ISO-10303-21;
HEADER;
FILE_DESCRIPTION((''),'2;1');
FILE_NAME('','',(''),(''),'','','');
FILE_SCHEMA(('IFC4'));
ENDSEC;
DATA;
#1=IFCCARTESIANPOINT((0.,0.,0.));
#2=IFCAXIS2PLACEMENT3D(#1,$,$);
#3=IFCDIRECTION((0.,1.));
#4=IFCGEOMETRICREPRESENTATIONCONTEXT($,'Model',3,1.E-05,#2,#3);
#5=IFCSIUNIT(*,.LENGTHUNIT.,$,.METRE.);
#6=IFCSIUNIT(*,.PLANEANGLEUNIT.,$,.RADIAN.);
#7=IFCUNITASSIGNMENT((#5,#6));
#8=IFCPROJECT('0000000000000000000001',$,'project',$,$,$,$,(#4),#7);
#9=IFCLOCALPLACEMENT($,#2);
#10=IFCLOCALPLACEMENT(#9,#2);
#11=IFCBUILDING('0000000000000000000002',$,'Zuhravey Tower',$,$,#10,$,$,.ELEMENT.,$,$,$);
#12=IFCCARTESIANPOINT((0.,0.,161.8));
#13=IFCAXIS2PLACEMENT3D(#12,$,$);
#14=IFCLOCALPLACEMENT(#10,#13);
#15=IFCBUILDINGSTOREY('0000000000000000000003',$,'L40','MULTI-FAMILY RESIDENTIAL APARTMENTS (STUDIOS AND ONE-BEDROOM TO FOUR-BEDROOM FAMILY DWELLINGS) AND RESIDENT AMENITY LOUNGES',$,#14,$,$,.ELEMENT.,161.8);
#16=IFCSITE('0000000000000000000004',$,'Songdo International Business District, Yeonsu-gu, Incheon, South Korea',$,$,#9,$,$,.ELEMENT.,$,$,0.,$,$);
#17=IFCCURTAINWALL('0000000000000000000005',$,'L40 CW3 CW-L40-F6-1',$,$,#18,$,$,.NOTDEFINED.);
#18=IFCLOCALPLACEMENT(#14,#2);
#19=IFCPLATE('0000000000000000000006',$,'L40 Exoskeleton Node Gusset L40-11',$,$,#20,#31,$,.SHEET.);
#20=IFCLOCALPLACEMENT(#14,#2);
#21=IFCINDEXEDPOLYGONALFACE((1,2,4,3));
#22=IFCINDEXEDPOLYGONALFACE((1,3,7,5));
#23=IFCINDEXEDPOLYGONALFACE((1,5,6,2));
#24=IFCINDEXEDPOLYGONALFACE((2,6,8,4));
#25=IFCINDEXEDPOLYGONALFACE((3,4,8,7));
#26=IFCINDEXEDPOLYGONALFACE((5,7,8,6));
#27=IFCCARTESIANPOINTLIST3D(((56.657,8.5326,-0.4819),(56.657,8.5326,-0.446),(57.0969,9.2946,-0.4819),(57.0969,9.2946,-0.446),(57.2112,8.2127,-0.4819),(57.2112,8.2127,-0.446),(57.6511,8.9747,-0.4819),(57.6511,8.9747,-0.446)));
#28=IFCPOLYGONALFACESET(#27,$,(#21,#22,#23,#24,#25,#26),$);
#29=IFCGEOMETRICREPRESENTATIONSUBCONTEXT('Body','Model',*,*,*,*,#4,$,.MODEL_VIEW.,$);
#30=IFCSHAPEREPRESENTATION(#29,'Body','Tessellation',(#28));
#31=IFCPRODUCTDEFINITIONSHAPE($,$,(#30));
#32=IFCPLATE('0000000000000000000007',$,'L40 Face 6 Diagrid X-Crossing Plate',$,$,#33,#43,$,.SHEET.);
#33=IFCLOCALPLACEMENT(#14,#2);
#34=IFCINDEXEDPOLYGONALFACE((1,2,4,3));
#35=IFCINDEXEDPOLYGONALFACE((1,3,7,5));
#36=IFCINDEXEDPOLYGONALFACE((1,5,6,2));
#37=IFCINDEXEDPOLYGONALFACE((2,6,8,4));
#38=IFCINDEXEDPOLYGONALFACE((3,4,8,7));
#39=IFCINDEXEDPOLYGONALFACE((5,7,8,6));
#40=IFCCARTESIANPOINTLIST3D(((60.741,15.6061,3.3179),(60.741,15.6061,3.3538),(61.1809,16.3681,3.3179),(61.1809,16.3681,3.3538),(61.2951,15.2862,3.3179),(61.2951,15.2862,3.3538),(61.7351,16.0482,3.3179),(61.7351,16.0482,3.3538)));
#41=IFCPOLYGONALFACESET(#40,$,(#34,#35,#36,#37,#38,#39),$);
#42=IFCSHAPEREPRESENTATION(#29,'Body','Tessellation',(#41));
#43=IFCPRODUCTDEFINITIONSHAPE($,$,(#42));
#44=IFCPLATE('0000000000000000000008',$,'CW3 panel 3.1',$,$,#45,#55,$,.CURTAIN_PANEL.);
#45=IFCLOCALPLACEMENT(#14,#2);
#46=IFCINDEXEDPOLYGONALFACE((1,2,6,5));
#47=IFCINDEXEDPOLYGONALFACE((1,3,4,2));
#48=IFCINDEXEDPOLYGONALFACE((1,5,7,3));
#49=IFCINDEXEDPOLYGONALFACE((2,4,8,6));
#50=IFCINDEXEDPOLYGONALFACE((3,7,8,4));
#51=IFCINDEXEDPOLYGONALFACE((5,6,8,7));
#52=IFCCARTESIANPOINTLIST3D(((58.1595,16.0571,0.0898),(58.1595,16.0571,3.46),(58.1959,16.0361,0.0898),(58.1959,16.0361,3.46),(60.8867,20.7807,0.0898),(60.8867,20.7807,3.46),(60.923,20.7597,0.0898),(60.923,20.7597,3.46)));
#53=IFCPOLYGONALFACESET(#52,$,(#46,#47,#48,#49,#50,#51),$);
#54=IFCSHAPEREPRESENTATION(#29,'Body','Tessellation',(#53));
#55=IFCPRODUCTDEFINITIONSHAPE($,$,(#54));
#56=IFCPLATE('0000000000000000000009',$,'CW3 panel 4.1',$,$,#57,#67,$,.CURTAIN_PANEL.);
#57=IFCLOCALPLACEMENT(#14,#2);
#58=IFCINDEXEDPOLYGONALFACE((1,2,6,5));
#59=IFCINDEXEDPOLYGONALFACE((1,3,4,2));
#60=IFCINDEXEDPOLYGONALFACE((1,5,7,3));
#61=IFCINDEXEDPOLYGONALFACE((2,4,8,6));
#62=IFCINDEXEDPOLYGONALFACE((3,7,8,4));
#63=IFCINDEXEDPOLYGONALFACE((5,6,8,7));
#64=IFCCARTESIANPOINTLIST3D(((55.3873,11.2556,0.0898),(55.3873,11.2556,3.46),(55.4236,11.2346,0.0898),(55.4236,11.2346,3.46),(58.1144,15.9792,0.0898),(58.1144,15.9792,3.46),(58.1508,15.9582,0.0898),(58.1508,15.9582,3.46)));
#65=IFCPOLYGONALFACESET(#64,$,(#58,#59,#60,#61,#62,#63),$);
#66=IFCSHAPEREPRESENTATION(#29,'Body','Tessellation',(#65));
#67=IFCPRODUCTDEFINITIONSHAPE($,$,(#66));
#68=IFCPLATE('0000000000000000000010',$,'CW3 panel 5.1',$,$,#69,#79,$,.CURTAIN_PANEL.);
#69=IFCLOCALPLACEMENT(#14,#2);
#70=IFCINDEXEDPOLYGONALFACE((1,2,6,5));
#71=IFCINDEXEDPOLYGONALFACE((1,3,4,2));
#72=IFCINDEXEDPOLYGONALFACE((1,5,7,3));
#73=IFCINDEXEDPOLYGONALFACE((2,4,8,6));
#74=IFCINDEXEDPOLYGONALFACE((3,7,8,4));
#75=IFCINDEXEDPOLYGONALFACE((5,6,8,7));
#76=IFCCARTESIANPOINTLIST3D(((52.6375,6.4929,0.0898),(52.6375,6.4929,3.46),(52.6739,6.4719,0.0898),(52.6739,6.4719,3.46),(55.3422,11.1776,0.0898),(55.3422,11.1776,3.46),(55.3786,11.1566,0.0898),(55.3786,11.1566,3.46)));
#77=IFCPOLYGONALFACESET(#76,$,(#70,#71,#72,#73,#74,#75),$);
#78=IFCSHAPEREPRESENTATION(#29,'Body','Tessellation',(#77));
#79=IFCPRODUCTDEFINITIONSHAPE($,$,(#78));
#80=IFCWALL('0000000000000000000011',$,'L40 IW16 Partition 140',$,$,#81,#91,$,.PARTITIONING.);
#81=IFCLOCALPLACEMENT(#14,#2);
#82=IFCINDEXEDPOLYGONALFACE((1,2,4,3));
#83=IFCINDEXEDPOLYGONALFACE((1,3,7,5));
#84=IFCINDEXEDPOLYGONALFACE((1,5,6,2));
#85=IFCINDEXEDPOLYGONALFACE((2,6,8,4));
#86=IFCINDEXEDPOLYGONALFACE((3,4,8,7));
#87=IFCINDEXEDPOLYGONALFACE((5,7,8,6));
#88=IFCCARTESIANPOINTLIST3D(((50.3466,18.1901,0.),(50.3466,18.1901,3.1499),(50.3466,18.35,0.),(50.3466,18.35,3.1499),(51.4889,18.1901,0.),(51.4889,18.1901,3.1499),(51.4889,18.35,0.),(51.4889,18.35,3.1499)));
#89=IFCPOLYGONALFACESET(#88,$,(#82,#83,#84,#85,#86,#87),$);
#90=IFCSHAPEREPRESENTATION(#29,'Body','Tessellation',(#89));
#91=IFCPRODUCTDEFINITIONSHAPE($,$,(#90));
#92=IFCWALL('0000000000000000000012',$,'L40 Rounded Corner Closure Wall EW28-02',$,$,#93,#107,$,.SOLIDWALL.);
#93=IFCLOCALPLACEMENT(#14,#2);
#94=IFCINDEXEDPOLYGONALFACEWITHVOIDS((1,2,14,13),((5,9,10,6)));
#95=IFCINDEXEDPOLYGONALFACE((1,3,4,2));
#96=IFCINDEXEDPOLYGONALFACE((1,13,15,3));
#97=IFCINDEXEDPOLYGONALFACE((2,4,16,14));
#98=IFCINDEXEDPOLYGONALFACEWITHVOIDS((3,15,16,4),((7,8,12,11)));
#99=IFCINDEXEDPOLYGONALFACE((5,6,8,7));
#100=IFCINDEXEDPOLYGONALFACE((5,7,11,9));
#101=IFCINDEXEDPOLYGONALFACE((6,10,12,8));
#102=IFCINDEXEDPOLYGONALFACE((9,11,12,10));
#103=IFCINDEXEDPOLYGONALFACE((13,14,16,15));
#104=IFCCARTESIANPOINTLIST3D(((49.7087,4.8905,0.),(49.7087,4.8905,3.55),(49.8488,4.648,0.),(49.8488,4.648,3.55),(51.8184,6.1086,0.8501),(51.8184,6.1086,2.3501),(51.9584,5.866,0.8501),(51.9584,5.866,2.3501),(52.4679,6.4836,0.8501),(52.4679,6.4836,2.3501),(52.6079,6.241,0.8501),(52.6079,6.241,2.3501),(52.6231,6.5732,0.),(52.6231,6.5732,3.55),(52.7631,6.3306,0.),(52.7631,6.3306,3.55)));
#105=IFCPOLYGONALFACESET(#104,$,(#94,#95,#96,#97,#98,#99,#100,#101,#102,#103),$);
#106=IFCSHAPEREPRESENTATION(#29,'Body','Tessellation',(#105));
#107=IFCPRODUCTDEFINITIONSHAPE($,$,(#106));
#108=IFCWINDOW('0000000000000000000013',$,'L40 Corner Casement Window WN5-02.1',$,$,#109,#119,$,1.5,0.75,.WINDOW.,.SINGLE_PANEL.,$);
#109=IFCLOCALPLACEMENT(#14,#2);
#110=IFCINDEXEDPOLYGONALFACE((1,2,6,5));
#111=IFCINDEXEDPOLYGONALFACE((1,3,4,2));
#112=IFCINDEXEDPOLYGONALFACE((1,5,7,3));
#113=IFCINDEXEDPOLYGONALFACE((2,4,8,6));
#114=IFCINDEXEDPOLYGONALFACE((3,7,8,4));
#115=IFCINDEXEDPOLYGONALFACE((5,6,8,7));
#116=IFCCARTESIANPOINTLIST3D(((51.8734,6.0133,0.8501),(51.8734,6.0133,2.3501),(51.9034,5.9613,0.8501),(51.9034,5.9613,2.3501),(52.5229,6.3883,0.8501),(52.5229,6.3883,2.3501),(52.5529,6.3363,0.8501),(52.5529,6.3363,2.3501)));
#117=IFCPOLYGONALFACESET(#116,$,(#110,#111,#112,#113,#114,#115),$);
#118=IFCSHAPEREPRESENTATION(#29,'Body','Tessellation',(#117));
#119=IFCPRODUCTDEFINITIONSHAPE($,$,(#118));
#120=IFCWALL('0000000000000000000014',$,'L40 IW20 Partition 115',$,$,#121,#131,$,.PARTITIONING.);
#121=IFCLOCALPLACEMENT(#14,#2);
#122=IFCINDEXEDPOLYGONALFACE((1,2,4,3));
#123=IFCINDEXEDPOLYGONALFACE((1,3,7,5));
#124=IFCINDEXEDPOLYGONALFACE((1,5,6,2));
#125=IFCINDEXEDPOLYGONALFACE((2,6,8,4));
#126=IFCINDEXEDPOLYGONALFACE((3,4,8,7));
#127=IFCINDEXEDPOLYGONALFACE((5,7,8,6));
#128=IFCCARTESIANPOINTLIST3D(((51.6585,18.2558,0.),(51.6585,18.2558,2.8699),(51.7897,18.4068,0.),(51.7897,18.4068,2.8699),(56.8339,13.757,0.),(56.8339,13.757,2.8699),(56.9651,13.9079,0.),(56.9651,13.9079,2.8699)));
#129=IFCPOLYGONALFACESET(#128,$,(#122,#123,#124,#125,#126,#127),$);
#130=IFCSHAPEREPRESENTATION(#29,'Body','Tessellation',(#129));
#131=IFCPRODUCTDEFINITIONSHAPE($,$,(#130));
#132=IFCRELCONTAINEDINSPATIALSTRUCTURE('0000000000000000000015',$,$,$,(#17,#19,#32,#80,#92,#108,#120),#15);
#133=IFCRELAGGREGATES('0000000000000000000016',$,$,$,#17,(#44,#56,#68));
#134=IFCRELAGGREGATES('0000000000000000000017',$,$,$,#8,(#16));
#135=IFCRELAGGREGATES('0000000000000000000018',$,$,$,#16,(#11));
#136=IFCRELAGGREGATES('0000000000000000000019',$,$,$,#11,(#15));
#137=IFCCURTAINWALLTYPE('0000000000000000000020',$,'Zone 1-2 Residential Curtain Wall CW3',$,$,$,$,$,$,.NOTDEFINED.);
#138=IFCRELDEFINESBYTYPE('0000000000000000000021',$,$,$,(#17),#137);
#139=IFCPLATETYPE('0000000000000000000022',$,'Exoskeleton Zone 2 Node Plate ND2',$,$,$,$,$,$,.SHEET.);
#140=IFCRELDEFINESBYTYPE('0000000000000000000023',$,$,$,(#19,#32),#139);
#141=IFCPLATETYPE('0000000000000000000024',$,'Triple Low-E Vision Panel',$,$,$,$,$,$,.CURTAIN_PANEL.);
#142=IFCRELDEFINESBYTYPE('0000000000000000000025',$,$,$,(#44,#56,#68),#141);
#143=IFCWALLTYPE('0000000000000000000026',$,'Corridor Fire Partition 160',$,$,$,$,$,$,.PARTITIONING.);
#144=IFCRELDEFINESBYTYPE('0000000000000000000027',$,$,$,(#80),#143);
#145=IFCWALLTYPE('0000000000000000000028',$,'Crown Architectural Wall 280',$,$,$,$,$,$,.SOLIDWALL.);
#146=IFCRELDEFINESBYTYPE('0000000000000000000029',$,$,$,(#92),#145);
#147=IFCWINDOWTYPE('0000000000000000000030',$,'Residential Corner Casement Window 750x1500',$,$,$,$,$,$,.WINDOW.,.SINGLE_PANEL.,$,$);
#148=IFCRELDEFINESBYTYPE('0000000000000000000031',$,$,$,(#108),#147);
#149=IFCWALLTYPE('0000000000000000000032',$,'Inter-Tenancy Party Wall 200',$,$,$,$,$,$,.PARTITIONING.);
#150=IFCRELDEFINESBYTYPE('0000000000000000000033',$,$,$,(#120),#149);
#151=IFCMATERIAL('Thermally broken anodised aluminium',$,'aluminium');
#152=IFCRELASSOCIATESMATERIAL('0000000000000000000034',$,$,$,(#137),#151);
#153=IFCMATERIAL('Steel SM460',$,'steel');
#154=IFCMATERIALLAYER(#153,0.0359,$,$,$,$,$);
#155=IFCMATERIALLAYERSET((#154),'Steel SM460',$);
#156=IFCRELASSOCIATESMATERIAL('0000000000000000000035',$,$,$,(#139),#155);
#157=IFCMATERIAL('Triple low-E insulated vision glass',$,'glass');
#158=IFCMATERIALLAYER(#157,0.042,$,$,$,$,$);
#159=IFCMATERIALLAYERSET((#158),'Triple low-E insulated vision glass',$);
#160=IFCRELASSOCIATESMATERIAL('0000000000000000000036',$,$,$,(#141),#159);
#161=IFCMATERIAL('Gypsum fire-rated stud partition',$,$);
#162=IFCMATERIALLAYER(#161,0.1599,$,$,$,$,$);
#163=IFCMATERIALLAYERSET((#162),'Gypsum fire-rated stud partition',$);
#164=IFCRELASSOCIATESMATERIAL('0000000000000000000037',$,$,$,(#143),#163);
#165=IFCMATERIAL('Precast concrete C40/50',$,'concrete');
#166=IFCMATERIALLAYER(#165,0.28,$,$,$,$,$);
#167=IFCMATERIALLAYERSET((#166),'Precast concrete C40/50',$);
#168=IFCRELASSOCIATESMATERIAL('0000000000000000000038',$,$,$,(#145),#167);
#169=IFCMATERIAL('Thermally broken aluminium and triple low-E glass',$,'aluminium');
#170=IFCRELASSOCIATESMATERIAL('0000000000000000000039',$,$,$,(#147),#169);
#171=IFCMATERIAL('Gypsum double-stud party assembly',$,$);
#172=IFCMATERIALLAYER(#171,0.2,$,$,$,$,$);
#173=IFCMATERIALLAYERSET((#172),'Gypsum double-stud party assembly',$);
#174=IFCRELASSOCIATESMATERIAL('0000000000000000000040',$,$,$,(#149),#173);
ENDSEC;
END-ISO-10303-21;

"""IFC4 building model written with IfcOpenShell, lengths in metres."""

from ifc_helpers import new_model, si_unit, direction, frame, frame_2d, origin, origin_2d, place, context, subcontext, project, spatial, rectangle, extrude, material, layer, layer_set, type_object, element, fill, aggregate, save


model = new_model("IFC4")

# Units and contexts
model_context = context("Model", 3, precision=1e-05, world=origin(), true_north=direction((0.0, 1.0)))
body_context = subcontext(model_context, "Body", "Model", "MODEL_VIEW")
ifc_project = project(units=[si_unit("LENGTHUNIT", "METRE"), si_unit("PLANEANGLEUNIT", "RADIAN")], contexts=[model_context])

# Site, building, storey
site_placement = place(None, origin())
site = spatial("IfcSite", under=ifc_project, at=site_placement, Name="Songdo International Business District, Yeonsu-gu, Incheon, South Korea", CompositionType="ELEMENT", RefElevation=0.0)
building_placement = place(site_placement, origin())
building = spatial("IfcBuilding", under=site, at=building_placement, Name="Zuhravey Tower", CompositionType="ELEMENT")
storey_placement = place(building_placement, frame((0.0, 0.0, 161.8)))
storey = spatial("IfcBuildingStorey", under=building, at=storey_placement, Name="L40", Description="MULTI-FAMILY RESIDENTIAL APARTMENTS (STUDIOS AND ONE-BEDROOM TO FOUR-BEDROOM FAMILY DWELLINGS) AND RESIDENT AMENITY LOUNGES", CompositionType="ELEMENT", Elevation=161.8)

# Curtain wall
ifc_material_1 = material(Name="Thermally broken anodised aluminium", Category="aluminium")
curtain_wall_type = type_object("IfcCurtainWallType", Name="Zone 1-2 Residential Curtain Wall CW3", PredefinedType="NOTDEFINED", material=ifc_material_1)
curtain_wall_1_placement = place(storey_placement, origin())
curtain_wall_1 = element("IfcCurtainWall", 1, at=curtain_wall_1_placement, inside=storey, type_object=curtain_wall_type, Name="L40 CW3 CW-L40-F6-1", PredefinedType="NOTDEFINED")

# Shared definitions
ifc_material_2 = material(Name="Steel SM460", Category="steel")

# Plates
ifc_layer_1 = layer(ifc_material_2, 0.0359)
ifc_layer_set_1 = layer_set([ifc_layer_1], Name="Steel SM460")
plate_type_1 = type_object("IfcPlateType", Name="Exoskeleton Zone 2 Node Plate ND2", PredefinedType="SHEET", material=ifc_layer_set_1)
for number, where, z_axis, x_axis, name in (
    (2, (57.1541, 8.7537, -0.4819), (0.0, 0.0, 1.0), (0.5, 0.866025, 0.0), "L40 Exoskeleton Node Gusset L40-11"),
    (3, (61.238, 15.8271, 3.3179), (0.0, 0.0, 1.0), (0.5, 0.866025, 0.0), "L40 Face 6 Diagrid X-Crossing Plate"),
):
    element("IfcPlate", number, at=place(storey_placement, frame(where, z_axis=z_axis, x_axis=x_axis)), inside=storey, type_object=plate_type_1, Name=name, PredefinedType="SHEET", context=body_context, shape_type="SweptSolid", body=[
        extrude(rectangle(XDim=0.8799, YDim=0.6399, at=origin_2d()), origin(), (0.0, 0.0, 1.0), 0.0359),
    ])

# Plates
ifc_material_3 = material(Name="Triple low-E insulated vision glass", Category="glass")
ifc_layer_2 = layer(ifc_material_3, 0.042)
ifc_layer_set_2 = layer_set([ifc_layer_2], Name="Triple low-E insulated vision glass")
plate_type_2 = type_object("IfcPlateType", Name="Triple Low-E Vision Panel", PredefinedType="CURTAIN_PANEL", material=ifc_layer_set_2)
plate_1_placement = place(storey_placement, frame((59.5413, 18.4084, 0.0898), z_axis=(0.0, 0.0, 1.0), x_axis=(-0.5, -0.866025, 0.0)))
plate_1 = element("IfcPlate", 4, at=plate_1_placement, type_object=plate_type_2, Name="CW3 panel 3.1", PredefinedType="CURTAIN_PANEL", context=body_context, shape_type="SweptSolid", body=[
    extrude(rectangle(XDim=5.4543, YDim=0.042, at=origin_2d()), origin(), (0.0, 0.0, 1.0), 3.3701),
])
plate_2_placement = place(storey_placement, frame((56.769, 13.6069, 0.0898), z_axis=(0.0, 0.0, 1.0), x_axis=(-0.5, -0.866025, 0.0)))
plate_2 = element("IfcPlate", 5, at=plate_2_placement, type_object=plate_type_2, Name="CW3 panel 4.1", PredefinedType="CURTAIN_PANEL", context=body_context, shape_type="SweptSolid", body=[
    extrude(rectangle(XDim=5.4543, YDim=0.042, at=origin_2d()), origin(), (0.0, 0.0, 1.0), 3.3701),
])
plate_3_placement = place(storey_placement, frame((54.0081, 8.8247, 0.0898), z_axis=(0.0, 0.0, 1.0), x_axis=(-0.5, -0.866025, 0.0)))
plate_3 = element("IfcPlate", 6, at=plate_3_placement, type_object=plate_type_2, Name="CW3 panel 5.1", PredefinedType="CURTAIN_PANEL", context=body_context, shape_type="SweptSolid", body=[
    extrude(rectangle(XDim=5.4094, YDim=0.042, at=origin_2d()), origin(), (0.0, 0.0, 1.0), 3.3701),
])
aggregate(curtain_wall_1, [plate_1, plate_2, plate_3])

# Wall
ifc_material_4 = material(Name="Gypsum fire-rated stud partition")
ifc_layer_3 = layer(ifc_material_4, 0.1599)
ifc_layer_set_3 = layer_set([ifc_layer_3], Name="Gypsum fire-rated stud partition")
wall_type_1 = type_object("IfcWallType", Name="Corridor Fire Partition 160", PredefinedType="PARTITIONING", material=ifc_layer_set_3)
wall_1_placement = place(storey_placement, frame((50.3464, 18.27, 0.0), z_axis=(0.0, 0.0, 1.0), x_axis=(1.0, 0.0, 0.0)))
element("IfcWall", 7, at=wall_1_placement, inside=storey, type_object=wall_type_1, Name="L40 IW16 Partition 140", PredefinedType="PARTITIONING", context=body_context, shape_type="SweptSolid", body=[
    extrude(rectangle(XDim=1.1423, YDim=0.1599, at=frame_2d((0.5713, 0.0))), origin(), (0.0, 0.0, 1.0), 3.1499),
])

# Wall, opening, window
ifc_material_5 = material(Name="Precast concrete C40/50", Category="concrete")
ifc_layer_4 = layer(ifc_material_5, 0.28)
ifc_layer_set_4 = layer_set([ifc_layer_4], Name="Precast concrete C40/50")
wall_type_2 = type_object("IfcWallType", Name="Crown Architectural Wall 280", PredefinedType="SOLIDWALL", material=ifc_layer_set_4)
wall_2_placement = place(storey_placement, frame((52.6931, 6.4519, 0.0), z_axis=(0.0, 0.0, 1.0), x_axis=(-0.86602, -0.500009, 0.0)))
wall_2 = element("IfcWall", 8, at=wall_2_placement, inside=storey, type_object=wall_type_2, Name="L40 Rounded Corner Closure Wall EW28-02", PredefinedType="SOLIDWALL", context=body_context, shape_type="SweptSolid", body=[
    extrude(rectangle(XDim=3.3652, YDim=0.28, at=frame_2d((1.6826, 0.0))), origin(), (0.0, 0.0, 1.0), 3.55),
])
opening_placement = place(wall_2_placement, frame((0.1792, 0.0, 0.8501)))
opening = element("IfcOpeningElement", 9, at=opening_placement, cuts=wall_2, PredefinedType="OPENING", context=body_context, shape_type="SweptSolid", body=[
    extrude(rectangle(XDim=0.75, YDim=1.5, at=frame_2d((0.375, 0.75))), frame((0.0, 0.1521, 0.0), z_axis=(0.0, -1.0, 0.0), x_axis=(1.0, 0.0, 0.0)), (0.0, 0.0, 1.0), 0.304),
])
ifc_material_6 = material(Name="Thermally broken aluminium and triple low-E glass", Category="aluminium")
window_type = type_object("IfcWindowType", Name="Residential Corner Casement Window 750x1500", PartitioningType="SINGLE_PANEL", PredefinedType="WINDOW", material=ifc_material_6)
window_placement = place(opening_placement, origin())
window = element("IfcWindow", 10, at=window_placement, inside=storey, type_object=window_type, Name="L40 Corner Casement Window WN5-02.1", OverallHeight=1.5, OverallWidth=0.75, PartitioningType="SINGLE_PANEL", PredefinedType="WINDOW", context=body_context, shape_type="SweptSolid", body=[
    extrude(rectangle(XDim=0.75, YDim=1.5, at=frame_2d((0.375, 0.75))), frame((0.0, 0.03, 0.0), z_axis=(0.0, -1.0, 0.0), x_axis=(1.0, 0.0, 0.0)), (0.0, 0.0, 1.0), 0.0601),
])
fill(opening, window)

# Wall
ifc_material_7 = material(Name="Gypsum double-stud party assembly")
ifc_layer_5 = layer(ifc_material_7, 0.2)
ifc_layer_set_5 = layer_set([ifc_layer_5], Name="Gypsum double-stud party assembly")
wall_type_3 = type_object("IfcWallType", Name="Inter-Tenancy Party Wall 200", PredefinedType="PARTITIONING", material=ifc_layer_set_5)
wall_3_placement = place(storey_placement, frame((51.7241, 18.3313, 0.0), z_axis=(0.0, 0.0, 1.0), x_axis=(0.754712, -0.656056, 0.0)))
element("IfcWall", 11, at=wall_3_placement, inside=storey, type_object=wall_type_3, Name="L40 IW20 Partition 115", PredefinedType="PARTITIONING", context=body_context, shape_type="SweptSolid", body=[
    extrude(rectangle(XDim=6.8574, YDim=0.2, at=frame_2d((3.4287, 0.0))), origin(), (0.0, 0.0, 1.0), 2.8699),
])

save(model, "model.ifc")
